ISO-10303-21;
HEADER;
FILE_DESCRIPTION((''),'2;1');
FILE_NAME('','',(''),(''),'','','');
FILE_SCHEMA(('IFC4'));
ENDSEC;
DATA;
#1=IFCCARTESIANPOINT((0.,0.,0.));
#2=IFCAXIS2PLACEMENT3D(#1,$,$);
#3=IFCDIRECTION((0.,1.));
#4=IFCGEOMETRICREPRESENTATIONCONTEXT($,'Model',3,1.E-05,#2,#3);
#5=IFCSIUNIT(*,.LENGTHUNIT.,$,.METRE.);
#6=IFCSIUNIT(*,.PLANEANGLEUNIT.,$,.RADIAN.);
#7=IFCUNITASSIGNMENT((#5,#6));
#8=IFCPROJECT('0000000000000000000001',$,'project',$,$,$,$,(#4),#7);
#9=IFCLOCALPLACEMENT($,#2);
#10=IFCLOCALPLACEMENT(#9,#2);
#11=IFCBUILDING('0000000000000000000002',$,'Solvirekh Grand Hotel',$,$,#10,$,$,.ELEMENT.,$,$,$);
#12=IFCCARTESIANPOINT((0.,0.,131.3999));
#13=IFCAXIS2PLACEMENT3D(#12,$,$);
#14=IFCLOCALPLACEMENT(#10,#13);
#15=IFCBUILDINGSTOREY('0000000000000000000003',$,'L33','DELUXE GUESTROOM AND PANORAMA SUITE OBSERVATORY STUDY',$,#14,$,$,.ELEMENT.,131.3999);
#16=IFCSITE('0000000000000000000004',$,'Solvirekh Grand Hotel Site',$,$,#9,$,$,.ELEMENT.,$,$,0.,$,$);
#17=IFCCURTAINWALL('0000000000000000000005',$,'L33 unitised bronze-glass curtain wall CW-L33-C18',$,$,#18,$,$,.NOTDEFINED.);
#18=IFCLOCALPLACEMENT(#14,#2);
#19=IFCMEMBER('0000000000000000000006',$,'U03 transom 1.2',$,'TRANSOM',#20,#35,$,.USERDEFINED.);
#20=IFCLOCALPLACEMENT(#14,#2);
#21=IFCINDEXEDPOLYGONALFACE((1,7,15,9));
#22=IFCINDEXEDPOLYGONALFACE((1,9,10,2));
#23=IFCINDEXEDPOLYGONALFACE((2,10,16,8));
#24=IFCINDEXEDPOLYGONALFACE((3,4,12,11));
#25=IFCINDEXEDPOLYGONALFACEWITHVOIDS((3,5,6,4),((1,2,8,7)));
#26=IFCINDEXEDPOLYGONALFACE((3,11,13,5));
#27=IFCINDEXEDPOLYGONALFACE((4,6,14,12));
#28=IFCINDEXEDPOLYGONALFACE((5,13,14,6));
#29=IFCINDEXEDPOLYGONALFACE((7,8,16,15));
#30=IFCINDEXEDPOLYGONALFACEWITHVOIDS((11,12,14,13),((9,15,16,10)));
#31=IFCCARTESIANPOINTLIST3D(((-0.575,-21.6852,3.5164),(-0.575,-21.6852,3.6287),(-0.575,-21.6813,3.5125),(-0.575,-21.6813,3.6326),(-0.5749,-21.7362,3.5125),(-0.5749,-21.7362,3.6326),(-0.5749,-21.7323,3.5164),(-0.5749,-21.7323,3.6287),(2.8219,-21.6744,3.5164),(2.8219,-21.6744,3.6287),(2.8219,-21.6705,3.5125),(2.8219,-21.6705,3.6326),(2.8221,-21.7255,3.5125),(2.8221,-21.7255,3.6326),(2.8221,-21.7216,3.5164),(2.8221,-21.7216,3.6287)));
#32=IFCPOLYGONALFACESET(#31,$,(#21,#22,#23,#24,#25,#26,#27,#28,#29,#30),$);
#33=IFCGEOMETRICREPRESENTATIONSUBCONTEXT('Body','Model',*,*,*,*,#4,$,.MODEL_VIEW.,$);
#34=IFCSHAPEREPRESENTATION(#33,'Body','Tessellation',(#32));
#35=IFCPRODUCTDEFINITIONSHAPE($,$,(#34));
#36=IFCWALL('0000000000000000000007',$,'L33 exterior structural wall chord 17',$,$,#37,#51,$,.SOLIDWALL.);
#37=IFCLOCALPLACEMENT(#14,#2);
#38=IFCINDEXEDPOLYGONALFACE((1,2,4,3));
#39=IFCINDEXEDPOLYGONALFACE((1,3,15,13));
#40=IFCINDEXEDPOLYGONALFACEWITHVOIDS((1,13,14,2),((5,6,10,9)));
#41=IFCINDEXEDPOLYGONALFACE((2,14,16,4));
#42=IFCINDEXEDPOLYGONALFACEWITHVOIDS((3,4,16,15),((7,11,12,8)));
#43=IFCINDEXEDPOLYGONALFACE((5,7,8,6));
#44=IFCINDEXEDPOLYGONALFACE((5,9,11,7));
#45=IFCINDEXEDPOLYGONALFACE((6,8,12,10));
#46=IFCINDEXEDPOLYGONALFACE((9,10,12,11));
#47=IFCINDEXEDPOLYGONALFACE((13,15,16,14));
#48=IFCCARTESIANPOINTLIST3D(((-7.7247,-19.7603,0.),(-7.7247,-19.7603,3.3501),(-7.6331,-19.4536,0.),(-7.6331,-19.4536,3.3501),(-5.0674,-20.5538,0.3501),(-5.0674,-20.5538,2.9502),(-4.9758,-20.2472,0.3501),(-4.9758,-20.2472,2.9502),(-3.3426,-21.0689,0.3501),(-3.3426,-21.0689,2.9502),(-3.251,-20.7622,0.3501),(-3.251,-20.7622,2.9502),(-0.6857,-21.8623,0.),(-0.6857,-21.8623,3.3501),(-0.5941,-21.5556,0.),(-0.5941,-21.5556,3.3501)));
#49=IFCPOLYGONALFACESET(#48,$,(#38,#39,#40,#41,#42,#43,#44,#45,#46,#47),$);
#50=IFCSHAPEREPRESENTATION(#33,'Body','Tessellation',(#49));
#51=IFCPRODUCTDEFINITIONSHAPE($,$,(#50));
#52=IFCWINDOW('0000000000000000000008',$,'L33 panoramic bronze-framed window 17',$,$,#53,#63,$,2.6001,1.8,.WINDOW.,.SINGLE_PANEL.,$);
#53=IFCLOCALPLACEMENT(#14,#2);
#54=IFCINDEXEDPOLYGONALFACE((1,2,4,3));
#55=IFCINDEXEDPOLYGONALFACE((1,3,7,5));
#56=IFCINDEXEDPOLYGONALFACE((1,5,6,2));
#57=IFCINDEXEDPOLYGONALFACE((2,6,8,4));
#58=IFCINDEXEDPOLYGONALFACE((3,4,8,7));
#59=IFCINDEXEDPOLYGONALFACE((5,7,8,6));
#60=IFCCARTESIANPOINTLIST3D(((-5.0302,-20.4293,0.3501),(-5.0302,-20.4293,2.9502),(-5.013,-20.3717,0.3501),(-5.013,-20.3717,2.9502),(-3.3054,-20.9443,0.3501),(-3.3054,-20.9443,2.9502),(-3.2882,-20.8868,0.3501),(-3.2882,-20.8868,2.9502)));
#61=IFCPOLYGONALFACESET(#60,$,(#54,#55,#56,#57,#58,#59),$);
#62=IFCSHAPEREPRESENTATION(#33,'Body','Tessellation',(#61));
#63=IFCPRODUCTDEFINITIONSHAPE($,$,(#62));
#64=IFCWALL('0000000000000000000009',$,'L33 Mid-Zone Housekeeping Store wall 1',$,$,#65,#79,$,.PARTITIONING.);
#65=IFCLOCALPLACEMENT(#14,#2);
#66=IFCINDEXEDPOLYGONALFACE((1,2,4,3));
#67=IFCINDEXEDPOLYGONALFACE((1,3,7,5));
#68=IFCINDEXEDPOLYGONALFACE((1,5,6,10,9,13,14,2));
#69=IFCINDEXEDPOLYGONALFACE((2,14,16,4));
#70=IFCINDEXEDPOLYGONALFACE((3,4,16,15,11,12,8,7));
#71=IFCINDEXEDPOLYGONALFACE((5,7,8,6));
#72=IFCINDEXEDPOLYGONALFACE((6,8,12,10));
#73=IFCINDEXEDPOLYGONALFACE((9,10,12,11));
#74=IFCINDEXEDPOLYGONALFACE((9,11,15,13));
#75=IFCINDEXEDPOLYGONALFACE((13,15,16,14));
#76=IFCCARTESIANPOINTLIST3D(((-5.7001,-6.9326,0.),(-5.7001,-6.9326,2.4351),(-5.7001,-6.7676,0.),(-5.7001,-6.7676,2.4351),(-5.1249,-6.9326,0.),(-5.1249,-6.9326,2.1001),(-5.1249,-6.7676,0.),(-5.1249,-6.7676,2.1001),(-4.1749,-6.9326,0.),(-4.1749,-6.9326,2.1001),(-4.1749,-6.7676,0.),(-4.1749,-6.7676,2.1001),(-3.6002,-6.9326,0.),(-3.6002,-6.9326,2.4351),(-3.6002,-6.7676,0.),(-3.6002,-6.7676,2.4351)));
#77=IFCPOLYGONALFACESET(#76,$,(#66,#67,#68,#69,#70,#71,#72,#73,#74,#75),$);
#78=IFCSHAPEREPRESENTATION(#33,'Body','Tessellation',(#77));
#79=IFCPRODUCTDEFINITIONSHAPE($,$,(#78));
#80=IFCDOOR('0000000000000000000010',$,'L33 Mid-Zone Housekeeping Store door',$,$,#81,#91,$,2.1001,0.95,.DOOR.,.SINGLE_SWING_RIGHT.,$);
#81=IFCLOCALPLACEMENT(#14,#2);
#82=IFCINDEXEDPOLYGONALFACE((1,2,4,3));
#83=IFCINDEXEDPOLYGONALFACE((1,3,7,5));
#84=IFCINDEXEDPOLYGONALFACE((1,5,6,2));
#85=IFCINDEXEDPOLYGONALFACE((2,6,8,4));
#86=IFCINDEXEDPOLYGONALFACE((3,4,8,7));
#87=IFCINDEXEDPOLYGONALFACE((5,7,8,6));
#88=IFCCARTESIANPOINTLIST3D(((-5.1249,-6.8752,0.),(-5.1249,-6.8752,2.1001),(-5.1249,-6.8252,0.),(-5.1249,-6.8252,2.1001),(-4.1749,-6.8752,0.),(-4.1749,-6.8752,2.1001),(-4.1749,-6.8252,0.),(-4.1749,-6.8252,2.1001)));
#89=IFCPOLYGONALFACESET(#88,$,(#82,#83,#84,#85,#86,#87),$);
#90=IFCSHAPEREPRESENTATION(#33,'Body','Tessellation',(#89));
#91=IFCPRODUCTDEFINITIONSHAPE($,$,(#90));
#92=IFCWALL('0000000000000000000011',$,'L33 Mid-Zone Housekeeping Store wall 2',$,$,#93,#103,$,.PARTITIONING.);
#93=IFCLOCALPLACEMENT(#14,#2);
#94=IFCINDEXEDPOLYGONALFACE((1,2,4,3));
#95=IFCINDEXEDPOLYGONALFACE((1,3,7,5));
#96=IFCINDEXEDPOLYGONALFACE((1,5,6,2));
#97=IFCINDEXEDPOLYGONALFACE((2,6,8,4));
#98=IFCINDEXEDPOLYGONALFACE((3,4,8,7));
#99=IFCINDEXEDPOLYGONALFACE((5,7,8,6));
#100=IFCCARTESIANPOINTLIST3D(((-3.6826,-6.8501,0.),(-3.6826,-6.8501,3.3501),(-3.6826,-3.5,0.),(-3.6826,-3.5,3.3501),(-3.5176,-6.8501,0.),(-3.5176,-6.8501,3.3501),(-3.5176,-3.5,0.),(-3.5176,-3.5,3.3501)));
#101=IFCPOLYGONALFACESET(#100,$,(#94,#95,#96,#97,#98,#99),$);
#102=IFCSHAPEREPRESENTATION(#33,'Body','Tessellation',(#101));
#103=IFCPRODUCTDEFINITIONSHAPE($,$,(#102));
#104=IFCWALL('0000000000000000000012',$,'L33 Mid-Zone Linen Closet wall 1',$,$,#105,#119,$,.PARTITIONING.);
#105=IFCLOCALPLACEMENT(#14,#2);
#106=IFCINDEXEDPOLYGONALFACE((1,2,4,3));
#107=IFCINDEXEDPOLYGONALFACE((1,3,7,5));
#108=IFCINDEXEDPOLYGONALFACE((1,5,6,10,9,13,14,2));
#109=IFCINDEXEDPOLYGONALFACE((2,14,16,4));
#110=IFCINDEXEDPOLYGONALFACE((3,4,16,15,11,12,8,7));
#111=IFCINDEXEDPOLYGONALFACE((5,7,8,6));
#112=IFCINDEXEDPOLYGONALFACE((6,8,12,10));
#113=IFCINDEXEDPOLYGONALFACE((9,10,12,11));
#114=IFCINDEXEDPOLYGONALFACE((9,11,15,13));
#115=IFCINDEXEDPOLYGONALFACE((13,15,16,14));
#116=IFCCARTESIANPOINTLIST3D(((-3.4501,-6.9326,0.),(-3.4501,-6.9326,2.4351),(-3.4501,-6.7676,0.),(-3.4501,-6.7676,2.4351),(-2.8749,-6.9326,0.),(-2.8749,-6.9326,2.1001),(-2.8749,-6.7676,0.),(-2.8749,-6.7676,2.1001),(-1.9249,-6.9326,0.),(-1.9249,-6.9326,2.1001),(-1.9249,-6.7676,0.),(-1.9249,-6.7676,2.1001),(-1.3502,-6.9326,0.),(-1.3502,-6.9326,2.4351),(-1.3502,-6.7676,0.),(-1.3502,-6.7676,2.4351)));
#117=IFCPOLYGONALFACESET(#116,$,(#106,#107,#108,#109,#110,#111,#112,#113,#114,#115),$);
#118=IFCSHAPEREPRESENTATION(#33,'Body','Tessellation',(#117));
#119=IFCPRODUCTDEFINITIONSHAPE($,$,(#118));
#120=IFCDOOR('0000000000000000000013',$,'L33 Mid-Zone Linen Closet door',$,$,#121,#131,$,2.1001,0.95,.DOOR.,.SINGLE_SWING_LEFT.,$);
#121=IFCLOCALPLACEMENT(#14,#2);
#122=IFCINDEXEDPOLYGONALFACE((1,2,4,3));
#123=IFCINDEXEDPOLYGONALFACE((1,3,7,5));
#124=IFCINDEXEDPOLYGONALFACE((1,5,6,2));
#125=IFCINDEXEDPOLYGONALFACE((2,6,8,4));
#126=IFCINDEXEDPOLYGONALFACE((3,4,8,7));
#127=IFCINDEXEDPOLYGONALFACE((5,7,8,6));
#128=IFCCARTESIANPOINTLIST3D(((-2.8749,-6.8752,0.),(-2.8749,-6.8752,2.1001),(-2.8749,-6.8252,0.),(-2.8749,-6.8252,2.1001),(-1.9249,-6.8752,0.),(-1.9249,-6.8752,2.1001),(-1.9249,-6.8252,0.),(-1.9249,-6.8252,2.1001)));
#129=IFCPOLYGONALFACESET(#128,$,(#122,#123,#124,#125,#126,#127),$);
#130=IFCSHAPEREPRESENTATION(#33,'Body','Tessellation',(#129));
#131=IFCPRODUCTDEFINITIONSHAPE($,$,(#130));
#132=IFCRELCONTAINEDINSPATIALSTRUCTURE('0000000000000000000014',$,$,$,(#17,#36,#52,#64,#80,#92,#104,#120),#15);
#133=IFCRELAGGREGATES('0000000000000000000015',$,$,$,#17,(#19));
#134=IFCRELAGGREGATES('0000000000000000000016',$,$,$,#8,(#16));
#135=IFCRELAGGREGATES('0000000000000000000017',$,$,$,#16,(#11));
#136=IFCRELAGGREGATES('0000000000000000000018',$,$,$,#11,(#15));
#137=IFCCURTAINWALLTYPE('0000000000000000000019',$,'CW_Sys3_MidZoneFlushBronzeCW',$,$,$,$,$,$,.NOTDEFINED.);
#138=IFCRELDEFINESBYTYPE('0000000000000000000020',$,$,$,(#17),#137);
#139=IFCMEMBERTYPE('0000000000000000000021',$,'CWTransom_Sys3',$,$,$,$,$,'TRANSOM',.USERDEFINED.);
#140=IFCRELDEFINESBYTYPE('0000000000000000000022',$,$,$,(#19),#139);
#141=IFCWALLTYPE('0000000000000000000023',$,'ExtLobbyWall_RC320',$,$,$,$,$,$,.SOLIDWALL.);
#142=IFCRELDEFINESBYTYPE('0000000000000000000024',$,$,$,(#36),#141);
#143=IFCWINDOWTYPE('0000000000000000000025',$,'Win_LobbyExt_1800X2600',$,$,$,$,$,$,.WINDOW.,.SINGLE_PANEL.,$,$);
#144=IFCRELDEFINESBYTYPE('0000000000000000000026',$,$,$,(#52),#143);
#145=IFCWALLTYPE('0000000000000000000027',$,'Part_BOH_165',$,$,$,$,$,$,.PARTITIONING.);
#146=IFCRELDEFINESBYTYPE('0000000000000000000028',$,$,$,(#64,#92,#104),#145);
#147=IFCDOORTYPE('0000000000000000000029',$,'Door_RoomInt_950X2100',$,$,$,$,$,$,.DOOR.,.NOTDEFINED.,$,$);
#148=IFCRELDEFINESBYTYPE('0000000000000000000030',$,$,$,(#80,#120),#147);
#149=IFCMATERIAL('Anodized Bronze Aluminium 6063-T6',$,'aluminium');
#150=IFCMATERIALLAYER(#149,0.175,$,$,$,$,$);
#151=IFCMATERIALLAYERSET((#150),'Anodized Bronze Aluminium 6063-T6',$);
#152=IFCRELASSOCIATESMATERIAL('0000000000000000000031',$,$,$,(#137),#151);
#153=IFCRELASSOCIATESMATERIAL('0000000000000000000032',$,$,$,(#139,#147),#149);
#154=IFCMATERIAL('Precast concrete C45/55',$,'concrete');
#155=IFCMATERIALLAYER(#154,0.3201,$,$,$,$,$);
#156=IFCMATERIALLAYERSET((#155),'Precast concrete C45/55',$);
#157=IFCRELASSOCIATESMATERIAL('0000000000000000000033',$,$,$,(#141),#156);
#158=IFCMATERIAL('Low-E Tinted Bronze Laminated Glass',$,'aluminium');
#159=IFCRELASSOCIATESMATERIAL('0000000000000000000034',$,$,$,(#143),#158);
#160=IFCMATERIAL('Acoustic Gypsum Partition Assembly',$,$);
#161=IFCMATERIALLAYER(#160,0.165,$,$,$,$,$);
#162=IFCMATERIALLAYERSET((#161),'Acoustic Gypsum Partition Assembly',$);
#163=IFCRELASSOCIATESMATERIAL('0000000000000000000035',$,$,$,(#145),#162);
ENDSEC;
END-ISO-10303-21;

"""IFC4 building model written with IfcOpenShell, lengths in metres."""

from ifc_helpers import new_model, si_unit, direction, frame, frame_2d, origin, origin_2d, place, context, subcontext, project, spatial, rectangle, hollow_rectangle, extrude, source, transform, mapped, material, layer, layer_set, material_profile, profile_set, type_object, element, fill, aggregate, save


model = new_model("IFC4")

# Units and contexts
model_context = context("Model", 3, precision=1e-05, world=origin(), true_north=direction((0.0, 1.0)))
body_context = subcontext(model_context, "Body", "Model", "MODEL_VIEW")
ifc_project = project(units=[si_unit("LENGTHUNIT", "METRE"), si_unit("PLANEANGLEUNIT", "RADIAN")], contexts=[model_context])

# Site, building, storey
site_placement = place(None, origin())
site = spatial("IfcSite", under=ifc_project, at=site_placement, Name="Solvirekh Grand Hotel Site", CompositionType="ELEMENT", RefElevation=0.0)
building_placement = place(site_placement, origin())
building = spatial("IfcBuilding", under=site, at=building_placement, Name="Solvirekh Grand Hotel", CompositionType="ELEMENT")
storey_placement = place(building_placement, frame((0.0, 0.0, 131.3999)))
storey = spatial("IfcBuildingStorey", under=building, at=storey_placement, Name="L33", Description="DELUXE GUESTROOM AND PANORAMA SUITE OBSERVATORY STUDY", CompositionType="ELEMENT", Elevation=131.3999)

# Curtain wall, member
ifc_material_1 = material(Name="Anodized Bronze Aluminium 6063-T6", Category="aluminium")
ifc_layer_1 = layer(ifc_material_1, 0.175)
ifc_layer_set_1 = layer_set([ifc_layer_1], Name="Anodized Bronze Aluminium 6063-T6")
curtain_wall_type = type_object("IfcCurtainWallType", Name="CW_Sys3_MidZoneFlushBronzeCW", PredefinedType="NOTDEFINED", material=ifc_layer_set_1)
curtain_wall_placement = place(storey_placement, origin())
curtain_wall = element("IfcCurtainWall", 1, at=curtain_wall_placement, inside=storey, type_object=curtain_wall_type, Name="L33 unitised bronze-glass curtain wall CW-L33-C18", PredefinedType="NOTDEFINED")
ifc_material_profile_1 = material_profile(ifc_material_1, hollow_rectangle(XDim=0.0549, YDim=0.1201, WallThickness=0.0039, at=origin_2d()), Name="ALU RHS 120X55X4")
ifc_profile_set_1 = profile_set([ifc_material_profile_1], Name="Anodized Bronze Aluminium 6063-T6")
member_type_1 = type_object("IfcMemberType", Name="CWTransom_Sys3", ElementType="TRANSOM", PredefinedType="USERDEFINED", material=ifc_profile_set_1)
shared_shape_1 = source(origin(), body_context, "Body", "SweptSolid", [
    extrude(hollow_rectangle(XDim=0.0549, YDim=0.1201, WallThickness=0.0039, at=origin_2d()), origin(), (0.0, 0.0, 1.0), 3.397),
])
member_1_placement = place(storey_placement, frame((-0.575, -21.7087, 3.5725), z_axis=(0.999995, 0.003162, 0.0), x_axis=(-0.003162, 0.999995, 0.0)))
member_1 = element("IfcMember", 2, at=member_1_placement, type_object=member_type_1, Name="U03 transom 1.2", ObjectType="TRANSOM", PredefinedType="USERDEFINED", context=body_context, shape_type="MappedRepresentation", body=[
    mapped(shared_shape_1, transform((0.0, 0.0, 0.0), x_axis=(1.0, 0.0, 0.0), y_axis=(0.0, 1.0, 0.0), z_axis=(0.0, 0.0, 1.0), scale=1.0)),
])
aggregate(curtain_wall, [member_1])

# Wall, opening, window
ifc_material_2 = material(Name="Precast concrete C45/55", Category="concrete")
ifc_layer_2 = layer(ifc_material_2, 0.3201)
ifc_layer_set_2 = layer_set([ifc_layer_2], Name="Precast concrete C45/55")
wall_type_1 = type_object("IfcWallType", Name="ExtLobbyWall_RC320", PredefinedType="SOLIDWALL", material=ifc_layer_set_2)
wall_1_placement = place(storey_placement, frame((-0.6399, -21.709, 0.0), z_axis=(0.0, 0.0, 1.0), x_axis=(-0.958188, 0.28614, 0.0)))
wall_1 = element("IfcWall", 3, at=wall_1_placement, inside=storey, type_object=wall_type_1, Name="L33 exterior structural wall chord 17", PredefinedType="SOLIDWALL", context=body_context, shape_type="SweptSolid", body=[
    extrude(rectangle(XDim=7.3462, YDim=0.3201, at=frame_2d((3.6731, 0.0))), origin(), (0.0, 0.0, 1.0), 3.3501),
])
opening_1_placement = place(wall_1_placement, frame((2.7729, 0.0, 0.3501)))
opening_1 = element("IfcOpeningElement", 4, at=opening_1_placement, cuts=wall_1, PredefinedType="OPENING", context=body_context, shape_type="SweptSolid", body=[
    extrude(rectangle(XDim=1.8, YDim=2.6001, at=frame_2d((0.8999, 1.3))), frame((0.0, 0.1699, 0.0), z_axis=(0.0, -1.0, 0.0), x_axis=(1.0, 0.0, 0.0)), (0.0, 0.0, 1.0), 0.3401),
])
ifc_material_3 = material(Name="Low-E Tinted Bronze Laminated Glass", Category="aluminium")
window_type = type_object("IfcWindowType", Name="Win_LobbyExt_1800X2600", PartitioningType="SINGLE_PANEL", PredefinedType="WINDOW", material=ifc_material_3)
window_placement = place(opening_1_placement, origin())
window = element("IfcWindow", 5, at=window_placement, inside=storey, type_object=window_type, Name="L33 panoramic bronze-framed window 17", OverallHeight=2.6001, OverallWidth=1.8, PartitioningType="SINGLE_PANEL", PredefinedType="WINDOW", context=body_context, shape_type="SweptSolid", body=[
    extrude(rectangle(XDim=1.8, YDim=2.6001, at=frame_2d((0.8999, 1.3))), frame((0.0, 0.03, 0.0), z_axis=(0.0, -1.0, 0.0), x_axis=(1.0, 0.0, 0.0)), (0.0, 0.0, 1.0), 0.0601),
])
fill(opening_1, window)

# Wall, opening, door
ifc_material_4 = material(Name="Acoustic Gypsum Partition Assembly")
ifc_layer_3 = layer(ifc_material_4, 0.165)
ifc_layer_set_3 = layer_set([ifc_layer_3], Name="Acoustic Gypsum Partition Assembly")
wall_type_2 = type_object("IfcWallType", Name="Part_BOH_165", PredefinedType="PARTITIONING", material=ifc_layer_set_3)
wall_2_placement = place(storey_placement, frame((-5.7, -6.8501, 0.0), z_axis=(0.0, 0.0, 1.0), x_axis=(1.0, 0.0, 0.0)))
wall_2 = element("IfcWall", 6, at=wall_2_placement, inside=storey, type_object=wall_type_2, Name="L33 Mid-Zone Housekeeping Store wall 1", PredefinedType="PARTITIONING", context=body_context, shape_type="SweptSolid", body=[
    extrude(rectangle(XDim=2.0999, YDim=0.165, at=frame_2d((1.0498, 0.0))), origin(), (0.0, 0.0, 1.0), 2.4351),
])
opening_2_placement = place(wall_2_placement, frame((0.575, 0.0, 0.0)))
opening_2 = element("IfcOpeningElement", 7, at=opening_2_placement, cuts=wall_2, PredefinedType="OPENING", context=body_context, shape_type="SweptSolid", body=[
    extrude(rectangle(XDim=0.95, YDim=2.1001, at=frame_2d((0.4751, 1.05))), frame((0.0, 0.0925, 0.0), z_axis=(0.0, -1.0, 0.0), x_axis=(1.0, 0.0, 0.0)), (0.0, 0.0, 1.0), 0.1851),
])
door_type = type_object("IfcDoorType", Name="Door_RoomInt_950X2100", OperationType="NOTDEFINED", PredefinedType="DOOR", material=ifc_material_1)
door_1_placement = place(opening_2_placement, origin())
door_1 = element("IfcDoor", 8, at=door_1_placement, inside=storey, type_object=door_type, Name="L33 Mid-Zone Housekeeping Store door", OperationType="SINGLE_SWING_RIGHT", OverallHeight=2.1001, OverallWidth=0.95, PredefinedType="DOOR", context=body_context, shape_type="SweptSolid", body=[
    extrude(rectangle(XDim=0.95, YDim=2.1001, at=frame_2d((0.4751, 1.05))), frame((0.0, 0.0249, 0.0), z_axis=(0.0, -1.0, 0.0), x_axis=(1.0, 0.0, 0.0)), (0.0, 0.0, 1.0), 0.05),
])
fill(opening_2, door_1)

# Wall
wall_3_placement = place(storey_placement, frame((-3.6001, -6.8501, 0.0), z_axis=(0.0, 0.0, 1.0), x_axis=(0.0, 1.0, 0.0)))
element("IfcWall", 9, at=wall_3_placement, inside=storey, type_object=wall_type_2, Name="L33 Mid-Zone Housekeeping Store wall 2", PredefinedType="PARTITIONING", context=body_context, shape_type="SweptSolid", body=[
    extrude(rectangle(XDim=3.3501, YDim=0.165, at=frame_2d((1.675, 0.0))), origin(), (0.0, 0.0, 1.0), 3.3501),
])

# Wall, opening, door
wall_4_placement = place(storey_placement, frame((-3.45, -6.8501, 0.0), z_axis=(0.0, 0.0, 1.0), x_axis=(1.0, 0.0, 0.0)))
wall_4 = element("IfcWall", 10, at=wall_4_placement, inside=storey, type_object=wall_type_2, Name="L33 Mid-Zone Linen Closet wall 1", PredefinedType="PARTITIONING", context=body_context, shape_type="SweptSolid", body=[
    extrude(rectangle(XDim=2.0999, YDim=0.165, at=frame_2d((1.0498, 0.0))), origin(), (0.0, 0.0, 1.0), 2.4351),
])
opening_3_placement = place(wall_4_placement, frame((0.575, 0.0, 0.0)))
opening_3 = element("IfcOpeningElement", 11, at=opening_3_placement, cuts=wall_4, PredefinedType="OPENING", context=body_context, shape_type="SweptSolid", body=[
    extrude(rectangle(XDim=0.95, YDim=2.1001, at=frame_2d((0.4751, 1.05))), frame((0.0, 0.0925, 0.0), z_axis=(0.0, -1.0, 0.0), x_axis=(1.0, 0.0, 0.0)), (0.0, 0.0, 1.0), 0.1851),
])
door_2_placement = place(opening_3_placement, origin())
door_2 = element("IfcDoor", 12, at=door_2_placement, inside=storey, type_object=door_type, Name="L33 Mid-Zone Linen Closet door", OperationType="SINGLE_SWING_LEFT", OverallHeight=2.1001, OverallWidth=0.95, PredefinedType="DOOR", context=body_context, shape_type="SweptSolid", body=[
    extrude(rectangle(XDim=0.95, YDim=2.1001, at=frame_2d((0.4751, 1.05))), frame((0.0, 0.0249, 0.0), z_axis=(0.0, -1.0, 0.0), x_axis=(1.0, 0.0, 0.0)), (0.0, 0.0, 1.0), 0.05),
])
fill(opening_3, door_2)

save(model, "model.ifc")
